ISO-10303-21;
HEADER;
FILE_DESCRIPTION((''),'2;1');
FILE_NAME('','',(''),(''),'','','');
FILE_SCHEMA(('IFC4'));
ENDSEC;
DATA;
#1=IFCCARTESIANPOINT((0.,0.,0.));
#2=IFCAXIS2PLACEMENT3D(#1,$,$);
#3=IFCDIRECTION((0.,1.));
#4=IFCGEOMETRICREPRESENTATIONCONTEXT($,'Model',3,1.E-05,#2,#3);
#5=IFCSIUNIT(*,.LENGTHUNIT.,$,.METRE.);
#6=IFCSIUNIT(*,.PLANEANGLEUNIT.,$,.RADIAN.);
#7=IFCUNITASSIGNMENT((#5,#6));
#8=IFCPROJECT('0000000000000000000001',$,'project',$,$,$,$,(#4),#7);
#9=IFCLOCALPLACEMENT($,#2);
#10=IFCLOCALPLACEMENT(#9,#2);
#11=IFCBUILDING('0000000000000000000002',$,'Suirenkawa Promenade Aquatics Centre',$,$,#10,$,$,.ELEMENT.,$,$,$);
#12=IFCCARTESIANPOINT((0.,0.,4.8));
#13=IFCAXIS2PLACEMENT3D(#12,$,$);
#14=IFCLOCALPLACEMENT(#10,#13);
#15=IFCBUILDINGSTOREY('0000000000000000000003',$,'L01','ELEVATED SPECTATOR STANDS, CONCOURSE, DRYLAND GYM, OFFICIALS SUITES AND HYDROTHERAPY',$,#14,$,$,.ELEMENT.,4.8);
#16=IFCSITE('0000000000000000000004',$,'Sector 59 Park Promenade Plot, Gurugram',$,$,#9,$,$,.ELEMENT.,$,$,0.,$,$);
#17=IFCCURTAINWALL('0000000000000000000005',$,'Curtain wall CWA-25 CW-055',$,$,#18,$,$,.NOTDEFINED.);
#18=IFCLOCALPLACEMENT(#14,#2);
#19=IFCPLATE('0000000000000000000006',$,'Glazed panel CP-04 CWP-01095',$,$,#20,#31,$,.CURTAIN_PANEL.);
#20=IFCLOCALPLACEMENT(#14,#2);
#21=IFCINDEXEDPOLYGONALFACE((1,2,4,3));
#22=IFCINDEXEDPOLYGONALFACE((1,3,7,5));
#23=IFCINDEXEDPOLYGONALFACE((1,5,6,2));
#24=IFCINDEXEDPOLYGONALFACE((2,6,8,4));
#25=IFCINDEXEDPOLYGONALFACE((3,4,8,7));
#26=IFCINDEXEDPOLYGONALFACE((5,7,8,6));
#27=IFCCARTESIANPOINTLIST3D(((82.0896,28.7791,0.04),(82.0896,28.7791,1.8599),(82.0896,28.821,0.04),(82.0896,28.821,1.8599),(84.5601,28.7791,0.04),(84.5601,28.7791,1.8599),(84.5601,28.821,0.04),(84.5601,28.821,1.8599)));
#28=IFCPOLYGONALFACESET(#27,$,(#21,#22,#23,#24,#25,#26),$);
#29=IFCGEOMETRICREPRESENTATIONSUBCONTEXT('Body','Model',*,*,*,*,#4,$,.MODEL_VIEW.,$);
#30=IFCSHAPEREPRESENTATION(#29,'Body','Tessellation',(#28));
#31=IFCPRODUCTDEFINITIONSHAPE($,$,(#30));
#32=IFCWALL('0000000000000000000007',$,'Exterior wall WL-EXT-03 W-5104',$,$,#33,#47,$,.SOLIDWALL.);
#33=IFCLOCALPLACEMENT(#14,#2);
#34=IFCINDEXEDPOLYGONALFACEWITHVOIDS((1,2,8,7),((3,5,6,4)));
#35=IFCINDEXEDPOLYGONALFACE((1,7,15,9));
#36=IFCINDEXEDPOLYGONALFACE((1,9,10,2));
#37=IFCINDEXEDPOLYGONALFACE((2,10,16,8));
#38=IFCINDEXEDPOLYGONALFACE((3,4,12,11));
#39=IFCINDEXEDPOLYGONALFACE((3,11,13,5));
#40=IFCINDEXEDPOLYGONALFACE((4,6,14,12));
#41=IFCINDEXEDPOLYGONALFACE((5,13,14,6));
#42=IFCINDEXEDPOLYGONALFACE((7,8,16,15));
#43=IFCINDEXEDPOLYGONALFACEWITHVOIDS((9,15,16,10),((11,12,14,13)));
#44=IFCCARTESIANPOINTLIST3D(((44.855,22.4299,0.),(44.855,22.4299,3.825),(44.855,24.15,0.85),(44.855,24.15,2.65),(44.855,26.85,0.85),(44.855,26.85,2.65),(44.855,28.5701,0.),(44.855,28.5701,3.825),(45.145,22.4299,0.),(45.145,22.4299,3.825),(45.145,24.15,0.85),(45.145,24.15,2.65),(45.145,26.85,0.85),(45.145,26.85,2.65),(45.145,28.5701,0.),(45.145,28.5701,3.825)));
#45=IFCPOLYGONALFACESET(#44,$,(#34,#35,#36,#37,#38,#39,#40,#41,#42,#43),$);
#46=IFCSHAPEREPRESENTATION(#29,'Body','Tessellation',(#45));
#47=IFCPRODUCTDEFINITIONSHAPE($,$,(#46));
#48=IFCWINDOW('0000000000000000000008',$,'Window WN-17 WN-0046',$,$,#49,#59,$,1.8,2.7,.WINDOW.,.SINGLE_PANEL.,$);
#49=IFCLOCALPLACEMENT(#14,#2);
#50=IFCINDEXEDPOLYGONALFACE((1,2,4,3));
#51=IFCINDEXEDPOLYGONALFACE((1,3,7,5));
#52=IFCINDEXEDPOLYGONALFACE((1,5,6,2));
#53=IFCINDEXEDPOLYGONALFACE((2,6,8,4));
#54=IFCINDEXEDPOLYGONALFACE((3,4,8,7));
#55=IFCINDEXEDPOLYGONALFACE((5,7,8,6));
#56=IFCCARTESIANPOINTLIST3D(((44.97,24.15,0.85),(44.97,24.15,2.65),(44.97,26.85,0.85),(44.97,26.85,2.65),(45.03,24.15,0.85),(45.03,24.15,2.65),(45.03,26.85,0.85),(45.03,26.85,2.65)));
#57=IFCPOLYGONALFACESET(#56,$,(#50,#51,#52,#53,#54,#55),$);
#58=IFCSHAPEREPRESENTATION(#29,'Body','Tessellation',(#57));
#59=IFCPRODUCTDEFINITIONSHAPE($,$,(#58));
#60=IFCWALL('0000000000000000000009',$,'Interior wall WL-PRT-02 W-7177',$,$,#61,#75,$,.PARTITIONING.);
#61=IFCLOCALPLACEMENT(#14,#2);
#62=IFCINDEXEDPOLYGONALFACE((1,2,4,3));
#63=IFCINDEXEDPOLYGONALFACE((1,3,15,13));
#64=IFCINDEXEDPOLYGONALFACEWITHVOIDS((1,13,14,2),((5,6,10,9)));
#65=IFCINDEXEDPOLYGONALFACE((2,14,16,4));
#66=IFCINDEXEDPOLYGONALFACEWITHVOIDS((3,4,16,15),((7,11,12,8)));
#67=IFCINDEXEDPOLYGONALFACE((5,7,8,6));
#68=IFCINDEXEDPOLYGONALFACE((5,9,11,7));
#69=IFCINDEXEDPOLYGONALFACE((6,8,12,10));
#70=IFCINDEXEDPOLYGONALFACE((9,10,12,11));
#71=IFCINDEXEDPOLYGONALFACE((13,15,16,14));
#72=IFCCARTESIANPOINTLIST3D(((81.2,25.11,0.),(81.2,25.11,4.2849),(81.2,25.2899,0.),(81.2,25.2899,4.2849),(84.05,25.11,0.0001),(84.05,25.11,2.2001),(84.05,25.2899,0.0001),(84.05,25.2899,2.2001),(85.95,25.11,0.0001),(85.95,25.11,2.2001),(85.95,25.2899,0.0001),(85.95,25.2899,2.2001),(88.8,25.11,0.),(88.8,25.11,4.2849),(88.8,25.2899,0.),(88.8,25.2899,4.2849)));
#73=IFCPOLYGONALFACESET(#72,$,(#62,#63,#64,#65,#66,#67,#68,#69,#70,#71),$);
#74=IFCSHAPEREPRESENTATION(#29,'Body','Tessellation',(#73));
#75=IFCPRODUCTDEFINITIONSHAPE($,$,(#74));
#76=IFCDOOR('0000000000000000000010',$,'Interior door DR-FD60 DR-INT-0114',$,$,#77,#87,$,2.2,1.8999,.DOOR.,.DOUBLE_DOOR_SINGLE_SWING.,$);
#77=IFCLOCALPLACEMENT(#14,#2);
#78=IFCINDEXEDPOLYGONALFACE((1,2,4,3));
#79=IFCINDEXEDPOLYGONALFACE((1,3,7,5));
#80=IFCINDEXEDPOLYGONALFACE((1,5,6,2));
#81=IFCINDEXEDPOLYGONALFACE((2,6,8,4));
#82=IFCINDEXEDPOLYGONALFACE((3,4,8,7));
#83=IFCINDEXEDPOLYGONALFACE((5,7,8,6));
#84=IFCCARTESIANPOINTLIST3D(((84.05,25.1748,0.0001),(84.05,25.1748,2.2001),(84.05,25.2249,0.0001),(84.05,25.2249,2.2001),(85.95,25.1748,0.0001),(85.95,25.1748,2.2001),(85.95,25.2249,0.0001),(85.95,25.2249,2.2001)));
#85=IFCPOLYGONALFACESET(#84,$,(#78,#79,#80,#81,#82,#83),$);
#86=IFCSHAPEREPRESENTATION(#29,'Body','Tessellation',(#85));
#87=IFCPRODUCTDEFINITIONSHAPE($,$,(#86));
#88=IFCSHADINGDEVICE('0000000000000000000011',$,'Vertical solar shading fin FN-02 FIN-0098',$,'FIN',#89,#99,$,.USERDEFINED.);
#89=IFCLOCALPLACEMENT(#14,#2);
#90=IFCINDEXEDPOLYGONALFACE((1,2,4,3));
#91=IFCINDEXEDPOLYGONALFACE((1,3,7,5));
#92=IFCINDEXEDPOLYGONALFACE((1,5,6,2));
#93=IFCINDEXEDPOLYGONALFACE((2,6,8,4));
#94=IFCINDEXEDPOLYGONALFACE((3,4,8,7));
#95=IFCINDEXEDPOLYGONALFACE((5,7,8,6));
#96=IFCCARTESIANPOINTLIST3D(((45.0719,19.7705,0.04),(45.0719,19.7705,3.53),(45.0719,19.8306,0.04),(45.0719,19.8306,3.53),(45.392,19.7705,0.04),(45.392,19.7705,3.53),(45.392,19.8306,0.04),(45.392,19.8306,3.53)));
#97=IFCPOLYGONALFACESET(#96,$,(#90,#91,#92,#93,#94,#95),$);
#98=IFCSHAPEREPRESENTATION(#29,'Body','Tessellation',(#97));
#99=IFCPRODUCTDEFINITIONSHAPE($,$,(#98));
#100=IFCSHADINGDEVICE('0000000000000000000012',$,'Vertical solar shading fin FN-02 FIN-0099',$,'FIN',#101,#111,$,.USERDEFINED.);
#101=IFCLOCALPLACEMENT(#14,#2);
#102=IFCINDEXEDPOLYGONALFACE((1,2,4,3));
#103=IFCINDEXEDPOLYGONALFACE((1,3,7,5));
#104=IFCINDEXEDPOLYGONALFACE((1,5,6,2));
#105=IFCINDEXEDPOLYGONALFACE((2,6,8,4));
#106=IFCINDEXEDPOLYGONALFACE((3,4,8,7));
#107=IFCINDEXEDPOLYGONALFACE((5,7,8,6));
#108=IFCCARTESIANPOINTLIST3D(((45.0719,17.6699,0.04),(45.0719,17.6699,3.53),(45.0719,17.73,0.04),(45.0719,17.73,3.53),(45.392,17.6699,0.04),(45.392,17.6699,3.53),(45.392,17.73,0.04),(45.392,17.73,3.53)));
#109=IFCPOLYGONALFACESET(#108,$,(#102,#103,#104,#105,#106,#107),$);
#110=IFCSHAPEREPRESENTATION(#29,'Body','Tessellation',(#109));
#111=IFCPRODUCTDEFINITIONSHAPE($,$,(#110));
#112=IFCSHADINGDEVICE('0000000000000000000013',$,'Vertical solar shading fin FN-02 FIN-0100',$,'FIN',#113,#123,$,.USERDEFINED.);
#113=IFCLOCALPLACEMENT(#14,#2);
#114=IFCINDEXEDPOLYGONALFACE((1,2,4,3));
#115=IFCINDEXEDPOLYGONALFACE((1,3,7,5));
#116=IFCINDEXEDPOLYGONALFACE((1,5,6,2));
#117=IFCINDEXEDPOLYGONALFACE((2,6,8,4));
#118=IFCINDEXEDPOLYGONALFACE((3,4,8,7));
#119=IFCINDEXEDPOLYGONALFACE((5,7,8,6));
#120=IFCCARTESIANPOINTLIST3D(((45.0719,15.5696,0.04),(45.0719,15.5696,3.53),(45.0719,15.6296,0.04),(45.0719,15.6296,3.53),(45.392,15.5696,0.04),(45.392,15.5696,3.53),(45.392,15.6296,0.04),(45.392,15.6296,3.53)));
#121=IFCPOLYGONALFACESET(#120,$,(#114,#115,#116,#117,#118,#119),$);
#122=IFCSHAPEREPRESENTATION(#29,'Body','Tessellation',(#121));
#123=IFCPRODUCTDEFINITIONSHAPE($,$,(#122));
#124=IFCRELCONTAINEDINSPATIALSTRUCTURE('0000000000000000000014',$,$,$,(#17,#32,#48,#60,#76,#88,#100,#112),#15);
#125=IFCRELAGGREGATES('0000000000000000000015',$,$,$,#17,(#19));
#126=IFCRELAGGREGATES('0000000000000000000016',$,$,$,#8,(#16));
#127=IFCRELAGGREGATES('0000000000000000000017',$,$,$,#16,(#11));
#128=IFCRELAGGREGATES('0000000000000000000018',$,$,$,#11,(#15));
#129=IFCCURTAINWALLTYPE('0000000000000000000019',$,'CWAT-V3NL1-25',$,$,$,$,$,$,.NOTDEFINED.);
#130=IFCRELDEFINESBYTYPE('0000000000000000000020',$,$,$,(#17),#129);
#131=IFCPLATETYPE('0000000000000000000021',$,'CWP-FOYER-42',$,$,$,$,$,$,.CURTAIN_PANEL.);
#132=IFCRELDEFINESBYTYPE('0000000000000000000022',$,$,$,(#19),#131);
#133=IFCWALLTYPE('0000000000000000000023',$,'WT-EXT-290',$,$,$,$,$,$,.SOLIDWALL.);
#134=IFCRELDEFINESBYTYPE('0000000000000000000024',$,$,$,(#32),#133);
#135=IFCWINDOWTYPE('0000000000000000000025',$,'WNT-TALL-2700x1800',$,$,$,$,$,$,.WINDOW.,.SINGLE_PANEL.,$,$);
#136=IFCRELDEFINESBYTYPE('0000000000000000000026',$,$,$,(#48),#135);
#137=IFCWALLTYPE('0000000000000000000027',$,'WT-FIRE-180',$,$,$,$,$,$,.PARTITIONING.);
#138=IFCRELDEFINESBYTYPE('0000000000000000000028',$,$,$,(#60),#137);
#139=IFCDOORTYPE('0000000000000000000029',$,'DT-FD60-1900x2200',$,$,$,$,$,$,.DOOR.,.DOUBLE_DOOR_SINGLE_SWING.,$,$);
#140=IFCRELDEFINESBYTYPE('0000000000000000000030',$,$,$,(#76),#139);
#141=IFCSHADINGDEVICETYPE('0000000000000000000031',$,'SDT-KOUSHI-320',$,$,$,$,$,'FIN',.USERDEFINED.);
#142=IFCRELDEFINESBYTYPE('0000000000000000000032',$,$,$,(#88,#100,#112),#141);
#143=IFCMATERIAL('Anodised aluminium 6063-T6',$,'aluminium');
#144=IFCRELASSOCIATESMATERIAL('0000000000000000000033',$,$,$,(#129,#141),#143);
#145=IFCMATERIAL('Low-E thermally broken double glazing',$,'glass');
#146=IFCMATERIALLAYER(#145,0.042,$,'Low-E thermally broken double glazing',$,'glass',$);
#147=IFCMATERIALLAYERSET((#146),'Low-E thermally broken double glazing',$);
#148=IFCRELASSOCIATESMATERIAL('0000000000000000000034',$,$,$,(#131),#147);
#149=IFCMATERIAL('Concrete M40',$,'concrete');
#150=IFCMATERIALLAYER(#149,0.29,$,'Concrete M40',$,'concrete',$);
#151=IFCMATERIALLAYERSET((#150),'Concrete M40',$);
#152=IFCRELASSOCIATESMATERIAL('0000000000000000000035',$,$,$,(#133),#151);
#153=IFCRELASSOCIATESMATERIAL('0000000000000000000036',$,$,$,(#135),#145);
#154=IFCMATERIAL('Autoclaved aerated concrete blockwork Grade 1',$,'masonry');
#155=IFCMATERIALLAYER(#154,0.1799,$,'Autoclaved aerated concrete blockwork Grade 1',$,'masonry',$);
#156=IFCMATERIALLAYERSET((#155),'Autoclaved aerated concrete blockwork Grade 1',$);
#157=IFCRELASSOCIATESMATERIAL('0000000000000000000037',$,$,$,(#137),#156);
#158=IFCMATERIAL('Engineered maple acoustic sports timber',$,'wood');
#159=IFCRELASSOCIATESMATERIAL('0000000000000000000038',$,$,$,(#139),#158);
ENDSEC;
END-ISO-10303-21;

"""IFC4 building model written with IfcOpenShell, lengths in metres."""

from ifc_helpers import new_model, si_unit, direction, frame, frame_2d, origin, origin_2d, place, context, subcontext, project, spatial, polyline, rectangle, outline, extrude, material, layer, layer_set, type_object, element, fill, aggregate, save


model = new_model("IFC4")

# Units and contexts
model_context = context("Model", 3, precision=1e-05, world=origin(), true_north=direction((0.0, 1.0)))
body_context = subcontext(model_context, "Body", "Model", "MODEL_VIEW")
ifc_project = project(units=[si_unit("LENGTHUNIT", "METRE"), si_unit("PLANEANGLEUNIT", "RADIAN")], contexts=[model_context])

# Site, building, storey
site_placement = place(None, origin())
site = spatial("IfcSite", under=ifc_project, at=site_placement, Name="Sector 59 Park Promenade Plot, Gurugram", CompositionType="ELEMENT", RefElevation=0.0)
building_placement = place(site_placement, origin())
building = spatial("IfcBuilding", under=site, at=building_placement, Name="Suirenkawa Promenade Aquatics Centre", CompositionType="ELEMENT")
storey_placement = place(building_placement, frame((0.0, 0.0, 4.8)))
storey = spatial("IfcBuildingStorey", under=building, at=storey_placement, Name="L01", Description="ELEVATED SPECTATOR STANDS, CONCOURSE, DRYLAND GYM, OFFICIALS SUITES AND HYDROTHERAPY", CompositionType="ELEMENT", Elevation=4.8)

# Shared definitions
ifc_material_1 = material(Name="Concrete M40", Category="concrete")

# Curtain wall
ifc_material_2 = material(Name="Anodised aluminium 6063-T6", Category="aluminium")
curtain_wall_type_1 = type_object("IfcCurtainWallType", Name="CWAT-V3NL1-25", PredefinedType="NOTDEFINED", material=ifc_material_2)
curtain_wall_1_placement = place(storey_placement, origin())
curtain_wall_1 = element("IfcCurtainWall", 1, at=curtain_wall_1_placement, inside=storey, type_object=curtain_wall_type_1, Name="Curtain wall CWA-25 CW-055", PredefinedType="NOTDEFINED")

# Plate
ifc_material_3 = material(Name="Low-E thermally broken double glazing", Category="glass")
ifc_layer_1 = layer(ifc_material_3, 0.042, Name="Low-E thermally broken double glazing", Category="glass")
ifc_layer_set_1 = layer_set([ifc_layer_1], Name="Low-E thermally broken double glazing")
plate_type_1 = type_object("IfcPlateType", Name="CWP-FOYER-42", PredefinedType="CURTAIN_PANEL", material=ifc_layer_set_1)
plate_1_placement = place(storey_placement, frame((82.0496, 28.8, 0.04), z_axis=(0.0, 0.0, 1.0), x_axis=(1.0, 0.0, 0.0)))
plate_1 = element("IfcPlate", 2, at=plate_1_placement, type_object=plate_type_1, Name="Glazed panel CP-04 CWP-01095", PredefinedType="CURTAIN_PANEL", context=body_context, shape_type="SweptSolid", body=[
    extrude(outline(polyline([(0.04, 0.0), (2.5105, 0.0), (2.5105, 1.8198), (0.04, 1.8198), (0.04, 0.0)])), frame((0.0, 0.021, 0.0), z_axis=(0.0, -1.0, 0.0), x_axis=(1.0, 0.0, 0.0)), (0.0, 0.0, 1.0), 0.042),
])
aggregate(curtain_wall_1, [plate_1])

# Wall, opening, window
ifc_layer_2 = layer(ifc_material_1, 0.29, Name="Concrete M40", Category="concrete")
ifc_layer_set_2 = layer_set([ifc_layer_2], Name="Concrete M40")
wall_type_1 = type_object("IfcWallType", Name="WT-EXT-290", PredefinedType="SOLIDWALL", material=ifc_layer_set_2)
wall_1_placement = place(storey_placement, frame((45.0, 28.5701, 0.0), z_axis=(0.0, 0.0, 1.0), x_axis=(0.0, -1.0, 0.0)))
wall_1 = element("IfcWall", 3, at=wall_1_placement, inside=storey, type_object=wall_type_1, Name="Exterior wall WL-EXT-03 W-5104", PredefinedType="SOLIDWALL", context=body_context, shape_type="SweptSolid", body=[
    extrude(rectangle(XDim=6.1401, YDim=0.29, at=frame_2d((3.0701, 0.0))), origin(), (0.0, 0.0, 1.0), 3.825),
])
opening_1_placement = place(wall_1_placement, frame((1.72, 0.0, 0.8501)))
opening_1 = element("IfcOpeningElement", 4, at=opening_1_placement, cuts=wall_1, PredefinedType="OPENING", context=body_context, shape_type="SweptSolid", body=[
    extrude(rectangle(XDim=2.7, YDim=1.8, at=frame_2d((1.3501, 0.8999))), frame((0.0, 0.155, 0.0), z_axis=(0.0, -1.0, 0.0), x_axis=(1.0, 0.0, 0.0)), (0.0, 0.0, 1.0), 0.3101),
])
window_type = type_object("IfcWindowType", Name="WNT-TALL-2700x1800", PartitioningType="SINGLE_PANEL", PredefinedType="WINDOW", material=ifc_material_3)
window_placement = place(opening_1_placement, origin())
window = element("IfcWindow", 5, at=window_placement, inside=storey, type_object=window_type, Name="Window WN-17 WN-0046", OverallHeight=1.8, OverallWidth=2.7, PartitioningType="SINGLE_PANEL", PredefinedType="WINDOW", context=body_context, shape_type="SweptSolid", body=[
    extrude(rectangle(XDim=2.7, YDim=1.8, at=frame_2d((1.3501, 0.8999))), frame((0.0, 0.03, 0.0), z_axis=(0.0, -1.0, 0.0), x_axis=(1.0, 0.0, 0.0)), (0.0, 0.0, 1.0), 0.0601),
])
fill(opening_1, window)

# Wall, opening, door
ifc_material_4 = material(Name="Autoclaved aerated concrete blockwork Grade 1", Category="masonry")
ifc_layer_3 = layer(ifc_material_4, 0.1799, Name="Autoclaved aerated concrete blockwork Grade 1", Category="masonry")
ifc_layer_set_3 = layer_set([ifc_layer_3], Name="Autoclaved aerated concrete blockwork Grade 1")
wall_type_2 = type_object("IfcWallType", Name="WT-FIRE-180", PredefinedType="PARTITIONING", material=ifc_layer_set_3)
wall_2_placement = place(storey_placement, frame((81.2, 25.2, 0.0), z_axis=(0.0, 0.0, 1.0), x_axis=(1.0, 0.0, 0.0)))
wall_2 = element("IfcWall", 6, at=wall_2_placement, inside=storey, type_object=wall_type_2, Name="Interior wall WL-PRT-02 W-7177", PredefinedType="PARTITIONING", context=body_context, shape_type="SweptSolid", body=[
    extrude(rectangle(XDim=7.6001, YDim=0.1799, at=frame_2d((3.8, 0.0))), origin(), (0.0, 0.0, 1.0), 4.2849),
])
opening_2_placement = place(wall_2_placement, frame((2.8501, 0.0, 0.0)))
opening_2 = element("IfcOpeningElement", 7, at=opening_2_placement, cuts=wall_2, PredefinedType="OPENING", context=body_context, shape_type="SweptSolid", body=[
    extrude(rectangle(XDim=1.8999, YDim=2.2, at=frame_2d((0.95, 1.1001))), frame((0.0, 0.0999, 0.0), z_axis=(0.0, -1.0, 0.0), x_axis=(1.0, 0.0, 0.0)), (0.0, 0.0, 1.0), 0.2),
])
ifc_material_5 = material(Name="Engineered maple acoustic sports timber", Category="wood")
door_type = type_object("IfcDoorType", Name="DT-FD60-1900x2200", OperationType="DOUBLE_DOOR_SINGLE_SWING", PredefinedType="DOOR", material=ifc_material_5)
door_placement = place(opening_2_placement, origin())
door = element("IfcDoor", 8, at=door_placement, inside=storey, type_object=door_type, Name="Interior door DR-FD60 DR-INT-0114", OperationType="DOUBLE_DOOR_SINGLE_SWING", OverallHeight=2.2, OverallWidth=1.8999, PredefinedType="DOOR", context=body_context, shape_type="SweptSolid", body=[
    extrude(rectangle(XDim=1.8999, YDim=2.2, at=frame_2d((0.95, 1.1001))), frame((0.0, 0.0249, 0.0), z_axis=(0.0, -1.0, 0.0), x_axis=(1.0, 0.0, 0.0)), (0.0, 0.0, 1.0), 0.05),
])
fill(opening_2, door)

# Shading devices
shading_device_type = type_object("IfcShadingDeviceType", Name="SDT-KOUSHI-320", ElementType="FIN", PredefinedType="USERDEFINED", material=ifc_material_2)
for number, where, z_axis, x_axis, name in (
    (9, (45.2319, 19.8005, 0.04), (0.0, 0.0, 1.0), (1.0, 0.0, 0.0), "Vertical solar shading fin FN-02 FIN-0098"),
    (10, (45.2319, 17.7, 0.04), (0.0, 0.0, 1.0), (1.0, 0.0, 0.0), "Vertical solar shading fin FN-02 FIN-0099"),
    (11, (45.2319, 15.5996, 0.04), (0.0, 0.0, 1.0), (1.0, 0.0, 0.0), "Vertical solar shading fin FN-02 FIN-0100"),
):
    element("IfcShadingDevice", number, at=place(storey_placement, frame(where, z_axis=z_axis, x_axis=x_axis)), inside=storey, type_object=shading_device_type, Name=name, ObjectType="FIN", PredefinedType="USERDEFINED", context=body_context, shape_type="SweptSolid", body=[
        extrude(rectangle(XDim=0.3201, YDim=0.0601, at=origin_2d()), origin(), (0.0, 0.0, 1.0), 3.49),
    ])

save(model, "model.ifc")
